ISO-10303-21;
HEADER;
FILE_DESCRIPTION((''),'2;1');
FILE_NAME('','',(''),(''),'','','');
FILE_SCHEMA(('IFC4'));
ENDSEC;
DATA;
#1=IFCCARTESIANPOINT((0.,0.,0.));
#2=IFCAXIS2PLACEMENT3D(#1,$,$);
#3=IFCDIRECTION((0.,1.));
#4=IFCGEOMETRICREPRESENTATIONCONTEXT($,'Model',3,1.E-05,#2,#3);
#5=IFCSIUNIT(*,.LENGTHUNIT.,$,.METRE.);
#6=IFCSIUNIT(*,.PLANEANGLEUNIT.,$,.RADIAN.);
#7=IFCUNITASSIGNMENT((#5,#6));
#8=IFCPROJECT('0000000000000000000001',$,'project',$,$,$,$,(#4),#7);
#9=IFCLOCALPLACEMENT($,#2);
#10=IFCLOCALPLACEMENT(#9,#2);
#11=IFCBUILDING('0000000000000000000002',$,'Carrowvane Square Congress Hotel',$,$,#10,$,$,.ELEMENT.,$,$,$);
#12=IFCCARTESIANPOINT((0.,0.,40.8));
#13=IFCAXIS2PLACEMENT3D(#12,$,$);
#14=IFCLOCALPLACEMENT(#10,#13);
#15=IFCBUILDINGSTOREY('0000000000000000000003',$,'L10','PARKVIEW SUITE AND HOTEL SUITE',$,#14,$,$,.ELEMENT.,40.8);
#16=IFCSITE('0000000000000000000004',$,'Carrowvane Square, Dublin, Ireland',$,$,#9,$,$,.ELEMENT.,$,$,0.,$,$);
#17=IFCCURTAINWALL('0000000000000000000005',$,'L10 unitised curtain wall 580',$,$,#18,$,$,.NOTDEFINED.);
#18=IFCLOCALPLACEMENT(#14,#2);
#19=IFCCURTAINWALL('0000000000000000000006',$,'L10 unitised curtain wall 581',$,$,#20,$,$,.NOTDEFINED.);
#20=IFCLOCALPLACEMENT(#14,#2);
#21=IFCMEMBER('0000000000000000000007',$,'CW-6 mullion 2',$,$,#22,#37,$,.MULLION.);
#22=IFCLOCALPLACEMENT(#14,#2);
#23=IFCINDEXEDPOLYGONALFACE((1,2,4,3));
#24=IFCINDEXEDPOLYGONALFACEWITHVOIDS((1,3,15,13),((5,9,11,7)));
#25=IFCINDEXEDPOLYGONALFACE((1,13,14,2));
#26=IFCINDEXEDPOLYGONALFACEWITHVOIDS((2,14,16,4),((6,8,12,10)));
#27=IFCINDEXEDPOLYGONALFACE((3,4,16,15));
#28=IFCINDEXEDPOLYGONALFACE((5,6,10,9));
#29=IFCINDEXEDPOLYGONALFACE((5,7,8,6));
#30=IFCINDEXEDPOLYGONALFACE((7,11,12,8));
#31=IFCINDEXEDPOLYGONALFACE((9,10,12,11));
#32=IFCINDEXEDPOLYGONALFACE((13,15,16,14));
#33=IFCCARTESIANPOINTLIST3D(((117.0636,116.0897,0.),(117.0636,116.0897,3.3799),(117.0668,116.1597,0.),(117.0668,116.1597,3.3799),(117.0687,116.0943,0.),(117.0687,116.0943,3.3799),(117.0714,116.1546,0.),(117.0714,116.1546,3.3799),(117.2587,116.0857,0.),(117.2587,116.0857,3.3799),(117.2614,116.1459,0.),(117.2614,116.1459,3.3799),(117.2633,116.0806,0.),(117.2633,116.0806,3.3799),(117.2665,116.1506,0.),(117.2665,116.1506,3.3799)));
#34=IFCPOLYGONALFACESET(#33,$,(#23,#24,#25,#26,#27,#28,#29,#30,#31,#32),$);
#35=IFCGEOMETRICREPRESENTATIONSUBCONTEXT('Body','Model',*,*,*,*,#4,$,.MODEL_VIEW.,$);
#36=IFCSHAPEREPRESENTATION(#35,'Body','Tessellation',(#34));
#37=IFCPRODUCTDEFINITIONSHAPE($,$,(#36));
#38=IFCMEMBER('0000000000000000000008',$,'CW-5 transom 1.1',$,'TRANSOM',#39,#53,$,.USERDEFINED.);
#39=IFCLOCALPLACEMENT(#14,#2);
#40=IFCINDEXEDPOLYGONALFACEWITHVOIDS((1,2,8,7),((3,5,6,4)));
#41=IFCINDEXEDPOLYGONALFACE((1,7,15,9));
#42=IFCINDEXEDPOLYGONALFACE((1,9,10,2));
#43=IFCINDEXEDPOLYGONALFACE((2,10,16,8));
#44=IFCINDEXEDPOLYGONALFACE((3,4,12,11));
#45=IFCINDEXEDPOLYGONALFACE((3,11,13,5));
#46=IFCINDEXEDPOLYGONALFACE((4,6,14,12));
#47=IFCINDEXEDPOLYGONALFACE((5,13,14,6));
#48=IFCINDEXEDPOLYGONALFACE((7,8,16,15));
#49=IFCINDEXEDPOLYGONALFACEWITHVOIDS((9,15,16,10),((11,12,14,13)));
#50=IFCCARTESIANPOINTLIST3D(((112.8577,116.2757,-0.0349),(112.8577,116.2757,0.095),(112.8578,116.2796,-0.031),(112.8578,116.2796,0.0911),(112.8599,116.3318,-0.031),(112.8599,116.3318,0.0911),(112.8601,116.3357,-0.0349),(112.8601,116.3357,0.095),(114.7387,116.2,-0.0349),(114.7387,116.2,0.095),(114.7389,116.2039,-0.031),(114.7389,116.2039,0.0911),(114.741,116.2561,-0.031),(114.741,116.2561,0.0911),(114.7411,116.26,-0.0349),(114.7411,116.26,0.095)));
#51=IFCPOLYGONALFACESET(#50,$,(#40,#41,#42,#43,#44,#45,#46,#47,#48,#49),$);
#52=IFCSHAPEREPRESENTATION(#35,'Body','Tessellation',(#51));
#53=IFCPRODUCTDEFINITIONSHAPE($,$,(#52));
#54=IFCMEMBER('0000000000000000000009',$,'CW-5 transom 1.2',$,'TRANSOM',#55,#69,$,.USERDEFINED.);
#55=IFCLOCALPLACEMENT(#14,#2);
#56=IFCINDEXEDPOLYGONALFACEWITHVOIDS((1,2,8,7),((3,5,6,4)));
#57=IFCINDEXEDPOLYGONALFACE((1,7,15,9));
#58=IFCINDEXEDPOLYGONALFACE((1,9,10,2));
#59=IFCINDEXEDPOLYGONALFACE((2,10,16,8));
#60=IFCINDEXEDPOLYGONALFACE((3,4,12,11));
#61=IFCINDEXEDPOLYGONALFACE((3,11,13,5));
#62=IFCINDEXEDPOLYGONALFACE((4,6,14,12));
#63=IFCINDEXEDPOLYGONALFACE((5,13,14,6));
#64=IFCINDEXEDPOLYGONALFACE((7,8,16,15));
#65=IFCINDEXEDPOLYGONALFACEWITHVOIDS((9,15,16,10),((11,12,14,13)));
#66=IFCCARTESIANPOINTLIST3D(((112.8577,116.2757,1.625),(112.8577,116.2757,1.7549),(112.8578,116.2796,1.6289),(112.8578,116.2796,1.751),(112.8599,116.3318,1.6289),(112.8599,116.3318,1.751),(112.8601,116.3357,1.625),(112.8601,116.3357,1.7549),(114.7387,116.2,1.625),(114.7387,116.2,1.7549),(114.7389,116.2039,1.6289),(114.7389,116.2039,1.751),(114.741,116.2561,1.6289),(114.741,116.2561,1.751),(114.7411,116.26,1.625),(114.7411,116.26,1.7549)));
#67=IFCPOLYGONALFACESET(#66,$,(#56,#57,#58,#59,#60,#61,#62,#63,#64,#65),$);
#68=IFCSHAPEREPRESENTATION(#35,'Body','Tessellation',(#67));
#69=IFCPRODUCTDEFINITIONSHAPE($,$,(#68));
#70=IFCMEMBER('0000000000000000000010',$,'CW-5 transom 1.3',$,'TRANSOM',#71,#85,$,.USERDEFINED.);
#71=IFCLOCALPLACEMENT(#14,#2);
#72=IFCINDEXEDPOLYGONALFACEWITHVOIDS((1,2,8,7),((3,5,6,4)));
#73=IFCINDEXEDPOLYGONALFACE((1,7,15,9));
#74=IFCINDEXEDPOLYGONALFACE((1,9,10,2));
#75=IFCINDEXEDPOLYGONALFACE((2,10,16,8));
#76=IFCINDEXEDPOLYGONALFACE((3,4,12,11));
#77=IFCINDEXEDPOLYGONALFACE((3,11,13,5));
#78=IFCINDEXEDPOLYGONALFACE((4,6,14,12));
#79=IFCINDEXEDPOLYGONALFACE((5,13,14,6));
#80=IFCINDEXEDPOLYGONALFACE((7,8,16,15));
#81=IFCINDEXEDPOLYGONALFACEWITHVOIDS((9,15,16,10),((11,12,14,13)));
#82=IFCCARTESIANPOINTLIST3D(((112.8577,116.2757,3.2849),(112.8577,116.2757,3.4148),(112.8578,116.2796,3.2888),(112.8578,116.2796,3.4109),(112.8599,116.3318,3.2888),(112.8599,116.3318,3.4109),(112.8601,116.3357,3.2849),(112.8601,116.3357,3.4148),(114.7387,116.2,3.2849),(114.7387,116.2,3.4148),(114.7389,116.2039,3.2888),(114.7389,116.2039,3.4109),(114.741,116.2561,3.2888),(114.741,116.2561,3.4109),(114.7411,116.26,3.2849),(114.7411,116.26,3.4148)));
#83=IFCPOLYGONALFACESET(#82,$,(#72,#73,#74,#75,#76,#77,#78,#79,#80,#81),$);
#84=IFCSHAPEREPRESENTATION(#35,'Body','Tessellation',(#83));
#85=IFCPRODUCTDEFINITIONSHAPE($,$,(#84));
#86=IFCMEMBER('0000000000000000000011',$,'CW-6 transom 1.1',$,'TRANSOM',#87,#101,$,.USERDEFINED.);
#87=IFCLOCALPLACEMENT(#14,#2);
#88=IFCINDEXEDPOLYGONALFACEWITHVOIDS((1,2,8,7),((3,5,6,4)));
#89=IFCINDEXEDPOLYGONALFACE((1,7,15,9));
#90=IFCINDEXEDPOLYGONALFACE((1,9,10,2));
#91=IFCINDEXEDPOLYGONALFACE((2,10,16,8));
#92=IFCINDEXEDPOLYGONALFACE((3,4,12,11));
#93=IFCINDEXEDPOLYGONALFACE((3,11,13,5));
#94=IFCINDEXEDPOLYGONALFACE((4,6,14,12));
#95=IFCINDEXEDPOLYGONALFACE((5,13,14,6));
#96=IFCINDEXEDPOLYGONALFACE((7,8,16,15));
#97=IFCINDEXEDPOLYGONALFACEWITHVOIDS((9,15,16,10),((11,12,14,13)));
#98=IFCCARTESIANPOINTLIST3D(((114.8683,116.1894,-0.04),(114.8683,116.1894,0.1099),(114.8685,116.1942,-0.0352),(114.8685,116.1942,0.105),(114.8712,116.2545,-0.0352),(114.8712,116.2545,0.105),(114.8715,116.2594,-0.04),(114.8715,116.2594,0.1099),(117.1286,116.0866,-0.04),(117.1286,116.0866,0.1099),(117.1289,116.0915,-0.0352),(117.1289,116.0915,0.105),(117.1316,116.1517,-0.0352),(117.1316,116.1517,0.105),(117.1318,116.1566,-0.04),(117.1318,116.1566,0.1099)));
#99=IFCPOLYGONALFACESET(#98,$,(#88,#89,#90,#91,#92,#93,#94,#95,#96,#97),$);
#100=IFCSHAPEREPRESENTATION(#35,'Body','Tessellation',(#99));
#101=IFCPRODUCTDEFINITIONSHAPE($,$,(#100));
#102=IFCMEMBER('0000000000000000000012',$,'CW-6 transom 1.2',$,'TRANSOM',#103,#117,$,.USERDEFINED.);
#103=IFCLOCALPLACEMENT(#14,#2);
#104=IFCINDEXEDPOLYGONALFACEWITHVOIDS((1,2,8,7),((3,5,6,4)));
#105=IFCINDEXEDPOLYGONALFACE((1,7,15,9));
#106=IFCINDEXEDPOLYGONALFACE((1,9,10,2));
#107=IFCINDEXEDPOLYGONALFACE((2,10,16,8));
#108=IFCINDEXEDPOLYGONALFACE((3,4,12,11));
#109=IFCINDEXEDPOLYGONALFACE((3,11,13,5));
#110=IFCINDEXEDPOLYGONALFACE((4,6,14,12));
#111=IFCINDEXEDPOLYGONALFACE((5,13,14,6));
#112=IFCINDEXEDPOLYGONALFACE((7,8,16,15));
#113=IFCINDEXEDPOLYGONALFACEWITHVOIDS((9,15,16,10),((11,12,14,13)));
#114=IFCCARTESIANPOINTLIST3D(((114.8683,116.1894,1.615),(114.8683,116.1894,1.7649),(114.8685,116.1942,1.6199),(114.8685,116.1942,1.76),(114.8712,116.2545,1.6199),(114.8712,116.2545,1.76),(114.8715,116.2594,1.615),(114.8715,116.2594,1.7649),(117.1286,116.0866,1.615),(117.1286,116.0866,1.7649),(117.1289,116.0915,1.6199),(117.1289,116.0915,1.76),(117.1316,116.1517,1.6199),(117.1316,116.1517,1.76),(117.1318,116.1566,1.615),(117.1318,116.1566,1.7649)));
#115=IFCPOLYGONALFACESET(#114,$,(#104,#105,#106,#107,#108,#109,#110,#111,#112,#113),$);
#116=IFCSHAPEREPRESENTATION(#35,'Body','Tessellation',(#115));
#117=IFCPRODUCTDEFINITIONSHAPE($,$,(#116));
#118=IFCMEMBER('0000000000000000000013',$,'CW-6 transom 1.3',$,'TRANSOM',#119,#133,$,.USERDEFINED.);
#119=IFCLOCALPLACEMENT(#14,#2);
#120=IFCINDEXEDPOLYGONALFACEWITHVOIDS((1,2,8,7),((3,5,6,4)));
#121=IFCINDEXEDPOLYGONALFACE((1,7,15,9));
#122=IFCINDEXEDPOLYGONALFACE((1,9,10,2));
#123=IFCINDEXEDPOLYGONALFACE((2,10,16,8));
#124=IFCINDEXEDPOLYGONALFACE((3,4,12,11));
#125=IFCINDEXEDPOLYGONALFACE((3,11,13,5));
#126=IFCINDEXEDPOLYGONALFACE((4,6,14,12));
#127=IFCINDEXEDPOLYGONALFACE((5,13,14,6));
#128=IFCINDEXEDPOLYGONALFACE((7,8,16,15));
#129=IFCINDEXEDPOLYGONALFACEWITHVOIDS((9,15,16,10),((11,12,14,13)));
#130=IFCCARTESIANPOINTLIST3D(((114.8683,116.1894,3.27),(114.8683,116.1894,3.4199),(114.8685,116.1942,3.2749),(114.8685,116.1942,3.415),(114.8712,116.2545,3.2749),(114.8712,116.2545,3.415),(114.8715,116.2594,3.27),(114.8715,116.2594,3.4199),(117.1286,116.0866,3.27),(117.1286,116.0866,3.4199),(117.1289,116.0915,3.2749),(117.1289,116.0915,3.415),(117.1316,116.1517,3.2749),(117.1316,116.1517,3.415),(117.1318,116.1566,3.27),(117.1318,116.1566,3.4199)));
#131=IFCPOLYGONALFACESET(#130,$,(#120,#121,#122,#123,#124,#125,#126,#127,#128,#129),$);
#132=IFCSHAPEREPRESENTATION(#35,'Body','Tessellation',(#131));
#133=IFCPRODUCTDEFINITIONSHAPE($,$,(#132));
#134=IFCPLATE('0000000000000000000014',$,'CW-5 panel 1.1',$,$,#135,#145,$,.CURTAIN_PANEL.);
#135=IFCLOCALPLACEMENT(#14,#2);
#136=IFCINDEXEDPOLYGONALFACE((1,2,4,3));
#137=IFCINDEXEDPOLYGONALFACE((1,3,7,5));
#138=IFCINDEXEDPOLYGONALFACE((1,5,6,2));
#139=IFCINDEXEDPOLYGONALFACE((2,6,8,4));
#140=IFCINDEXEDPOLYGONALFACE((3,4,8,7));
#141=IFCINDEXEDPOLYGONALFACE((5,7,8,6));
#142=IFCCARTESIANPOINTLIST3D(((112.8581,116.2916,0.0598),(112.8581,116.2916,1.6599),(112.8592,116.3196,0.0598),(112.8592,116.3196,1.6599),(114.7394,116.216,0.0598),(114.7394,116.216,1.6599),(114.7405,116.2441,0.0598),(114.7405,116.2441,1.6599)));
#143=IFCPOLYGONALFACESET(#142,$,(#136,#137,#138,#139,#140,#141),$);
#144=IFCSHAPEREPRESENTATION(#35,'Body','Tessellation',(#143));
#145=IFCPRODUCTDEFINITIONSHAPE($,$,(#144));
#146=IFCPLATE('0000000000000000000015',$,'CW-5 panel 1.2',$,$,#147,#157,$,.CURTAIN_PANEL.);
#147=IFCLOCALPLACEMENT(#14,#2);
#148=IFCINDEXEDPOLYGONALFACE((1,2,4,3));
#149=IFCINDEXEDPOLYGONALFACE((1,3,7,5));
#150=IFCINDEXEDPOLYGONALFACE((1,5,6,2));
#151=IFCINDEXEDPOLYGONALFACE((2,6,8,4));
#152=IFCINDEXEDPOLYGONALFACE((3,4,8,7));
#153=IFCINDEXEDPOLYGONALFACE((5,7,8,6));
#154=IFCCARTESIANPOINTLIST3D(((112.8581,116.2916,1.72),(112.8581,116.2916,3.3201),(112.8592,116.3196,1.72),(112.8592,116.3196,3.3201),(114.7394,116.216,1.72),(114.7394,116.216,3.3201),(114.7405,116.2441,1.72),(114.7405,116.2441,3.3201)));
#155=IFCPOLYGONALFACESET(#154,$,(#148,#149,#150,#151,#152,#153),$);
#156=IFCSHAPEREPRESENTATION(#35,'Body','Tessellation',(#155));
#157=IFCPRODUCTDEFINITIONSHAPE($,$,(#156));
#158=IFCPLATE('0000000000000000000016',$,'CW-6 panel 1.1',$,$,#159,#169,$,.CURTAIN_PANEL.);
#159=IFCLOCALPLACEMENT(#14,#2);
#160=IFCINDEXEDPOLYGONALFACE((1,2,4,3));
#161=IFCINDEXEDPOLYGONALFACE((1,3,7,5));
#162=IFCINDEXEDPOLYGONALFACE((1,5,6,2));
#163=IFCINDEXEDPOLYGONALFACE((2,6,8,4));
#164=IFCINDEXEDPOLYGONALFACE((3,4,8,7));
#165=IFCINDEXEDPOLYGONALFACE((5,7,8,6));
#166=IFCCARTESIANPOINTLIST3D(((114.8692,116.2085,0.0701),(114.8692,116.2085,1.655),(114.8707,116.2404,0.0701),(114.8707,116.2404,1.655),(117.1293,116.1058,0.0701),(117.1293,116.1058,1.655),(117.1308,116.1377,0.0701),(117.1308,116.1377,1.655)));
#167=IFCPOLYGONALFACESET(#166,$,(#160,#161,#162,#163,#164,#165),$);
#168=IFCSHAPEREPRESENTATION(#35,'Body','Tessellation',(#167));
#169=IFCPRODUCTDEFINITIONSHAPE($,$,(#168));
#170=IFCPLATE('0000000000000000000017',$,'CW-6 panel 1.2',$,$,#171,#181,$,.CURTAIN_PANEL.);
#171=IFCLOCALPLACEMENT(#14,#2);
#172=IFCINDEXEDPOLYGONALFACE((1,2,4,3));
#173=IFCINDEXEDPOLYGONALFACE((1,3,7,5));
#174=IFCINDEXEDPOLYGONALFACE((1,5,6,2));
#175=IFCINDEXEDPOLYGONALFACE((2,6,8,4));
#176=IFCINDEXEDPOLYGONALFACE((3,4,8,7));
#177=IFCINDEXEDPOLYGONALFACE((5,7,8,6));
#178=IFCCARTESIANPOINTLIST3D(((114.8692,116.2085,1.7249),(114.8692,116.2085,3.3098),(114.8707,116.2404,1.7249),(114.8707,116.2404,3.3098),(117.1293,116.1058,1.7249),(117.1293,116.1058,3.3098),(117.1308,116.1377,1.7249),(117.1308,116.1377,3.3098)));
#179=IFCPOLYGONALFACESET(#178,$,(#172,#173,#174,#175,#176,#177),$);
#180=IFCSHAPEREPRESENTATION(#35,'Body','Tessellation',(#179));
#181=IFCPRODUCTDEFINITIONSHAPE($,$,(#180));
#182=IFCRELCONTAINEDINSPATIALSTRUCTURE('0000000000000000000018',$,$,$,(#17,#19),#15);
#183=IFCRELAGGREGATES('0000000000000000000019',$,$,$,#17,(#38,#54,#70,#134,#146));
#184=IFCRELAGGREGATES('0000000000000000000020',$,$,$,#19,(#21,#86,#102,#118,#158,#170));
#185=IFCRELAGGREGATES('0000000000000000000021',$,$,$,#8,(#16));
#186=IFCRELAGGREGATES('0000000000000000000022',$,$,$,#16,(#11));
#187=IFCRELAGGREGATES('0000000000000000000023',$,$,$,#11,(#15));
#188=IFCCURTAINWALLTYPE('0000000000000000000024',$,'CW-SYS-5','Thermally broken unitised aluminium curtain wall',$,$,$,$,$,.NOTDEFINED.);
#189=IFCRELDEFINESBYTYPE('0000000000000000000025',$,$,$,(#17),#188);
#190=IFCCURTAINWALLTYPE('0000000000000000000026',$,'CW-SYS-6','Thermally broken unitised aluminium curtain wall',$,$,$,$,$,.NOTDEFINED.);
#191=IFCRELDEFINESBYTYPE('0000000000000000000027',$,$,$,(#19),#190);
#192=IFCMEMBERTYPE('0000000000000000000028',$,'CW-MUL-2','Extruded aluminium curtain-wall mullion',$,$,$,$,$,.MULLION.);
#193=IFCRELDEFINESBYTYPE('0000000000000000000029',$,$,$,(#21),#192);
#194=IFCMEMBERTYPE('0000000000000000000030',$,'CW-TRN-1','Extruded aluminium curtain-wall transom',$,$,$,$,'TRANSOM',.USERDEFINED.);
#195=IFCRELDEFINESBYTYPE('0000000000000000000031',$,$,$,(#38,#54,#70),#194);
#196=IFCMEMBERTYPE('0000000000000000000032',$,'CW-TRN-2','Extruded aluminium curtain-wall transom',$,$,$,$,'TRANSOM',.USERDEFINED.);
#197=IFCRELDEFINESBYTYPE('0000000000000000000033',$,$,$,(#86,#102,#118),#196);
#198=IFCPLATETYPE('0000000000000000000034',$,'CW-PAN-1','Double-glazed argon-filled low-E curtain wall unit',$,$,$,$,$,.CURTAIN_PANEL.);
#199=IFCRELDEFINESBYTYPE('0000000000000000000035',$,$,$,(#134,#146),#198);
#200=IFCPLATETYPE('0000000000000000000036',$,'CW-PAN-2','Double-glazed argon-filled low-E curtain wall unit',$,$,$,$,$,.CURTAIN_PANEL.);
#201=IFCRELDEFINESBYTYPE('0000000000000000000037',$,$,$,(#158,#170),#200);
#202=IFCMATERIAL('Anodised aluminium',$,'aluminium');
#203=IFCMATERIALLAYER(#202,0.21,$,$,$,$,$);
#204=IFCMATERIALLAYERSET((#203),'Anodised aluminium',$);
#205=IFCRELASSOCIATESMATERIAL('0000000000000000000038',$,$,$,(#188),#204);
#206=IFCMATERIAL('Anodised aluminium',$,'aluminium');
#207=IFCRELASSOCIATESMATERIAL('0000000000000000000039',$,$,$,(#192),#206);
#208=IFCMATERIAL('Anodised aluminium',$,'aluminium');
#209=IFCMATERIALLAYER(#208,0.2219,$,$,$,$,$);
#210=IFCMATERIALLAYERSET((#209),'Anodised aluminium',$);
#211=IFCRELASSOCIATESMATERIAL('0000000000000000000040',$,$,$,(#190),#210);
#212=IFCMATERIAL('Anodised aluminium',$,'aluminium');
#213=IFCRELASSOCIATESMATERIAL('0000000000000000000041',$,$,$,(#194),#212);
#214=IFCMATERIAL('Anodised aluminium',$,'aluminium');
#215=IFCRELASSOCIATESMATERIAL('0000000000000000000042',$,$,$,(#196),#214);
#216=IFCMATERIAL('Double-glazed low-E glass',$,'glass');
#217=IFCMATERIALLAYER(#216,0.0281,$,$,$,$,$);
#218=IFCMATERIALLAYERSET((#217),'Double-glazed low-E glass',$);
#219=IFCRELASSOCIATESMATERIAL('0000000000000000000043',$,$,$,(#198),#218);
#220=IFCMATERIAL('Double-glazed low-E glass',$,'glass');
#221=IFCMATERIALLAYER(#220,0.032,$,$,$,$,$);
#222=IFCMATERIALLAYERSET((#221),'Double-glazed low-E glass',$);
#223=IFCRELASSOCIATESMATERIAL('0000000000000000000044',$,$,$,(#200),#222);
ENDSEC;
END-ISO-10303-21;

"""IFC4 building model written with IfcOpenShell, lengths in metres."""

from ifc_helpers import new_model, si_unit, direction, frame, origin, origin_2d, place, context, subcontext, project, spatial, rectangle, hollow_rectangle, extrude, material, layer, layer_set, material_profile, profile_set, type_object, element, aggregate, save


model = new_model("IFC4")

# Units and contexts
model_context = context("Model", 3, precision=1e-05, world=origin(), true_north=direction((0.0, 1.0)))
body_context = subcontext(model_context, "Body", "Model", "MODEL_VIEW")
ifc_project = project(units=[si_unit("LENGTHUNIT", "METRE"), si_unit("PLANEANGLEUNIT", "RADIAN")], contexts=[model_context])

# Site, building, storey
site_placement = place(None, origin())
site = spatial("IfcSite", under=ifc_project, at=site_placement, Name="Carrowvane Square, Dublin, Ireland", CompositionType="ELEMENT", RefElevation=0.0)
building_placement = place(site_placement, origin())
building = spatial("IfcBuilding", under=site, at=building_placement, Name="Carrowvane Square Congress Hotel", CompositionType="ELEMENT")
storey_placement = place(building_placement, frame((0.0, 0.0, 40.8)))
storey = spatial("IfcBuildingStorey", under=building, at=storey_placement, Name="L10", Description="PARKVIEW SUITE AND HOTEL SUITE", CompositionType="ELEMENT", Elevation=40.8)

# Curtain wall
ifc_material_1 = material(Name="Anodised aluminium", Category="aluminium")
ifc_layer_1 = layer(ifc_material_1, 0.21)
ifc_layer_set_1 = layer_set([ifc_layer_1], Name="Anodised aluminium")
curtain_wall_type_1 = type_object("IfcCurtainWallType", Name="CW-SYS-5", Description="Thermally broken unitised aluminium curtain wall", PredefinedType="NOTDEFINED", material=ifc_layer_set_1)
curtain_wall_1_placement = place(storey_placement, origin())
curtain_wall_1 = element("IfcCurtainWall", 1, at=curtain_wall_1_placement, inside=storey, type_object=curtain_wall_type_1, Name="L10 unitised curtain wall 580", PredefinedType="NOTDEFINED")

# Shared definitions
ifc_material_2 = material(Name="Anodised aluminium", Category="aluminium")
ifc_material_profile_1 = material_profile(ifc_material_2, hollow_rectangle(XDim=0.0701, YDim=0.2, WallThickness=0.0049, at=origin_2d()), Name="CW-ML 70x200x5")
ifc_profile_set_1 = profile_set([ifc_material_profile_1], Name="Anodised aluminium")
member_type_1 = type_object("IfcMemberType", Name="CW-MUL-2", Description="Extruded aluminium curtain-wall mullion", PredefinedType="MULLION", material=ifc_profile_set_1)

# Curtain wall, member
ifc_material_3 = material(Name="Anodised aluminium", Category="aluminium")
ifc_layer_2 = layer(ifc_material_3, 0.2219)
ifc_layer_set_2 = layer_set([ifc_layer_2], Name="Anodised aluminium")
curtain_wall_type_2 = type_object("IfcCurtainWallType", Name="CW-SYS-6", Description="Thermally broken unitised aluminium curtain wall", PredefinedType="NOTDEFINED", material=ifc_layer_set_2)
curtain_wall_2_placement = place(storey_placement, origin())
curtain_wall_2 = element("IfcCurtainWall", 2, at=curtain_wall_2_placement, inside=storey, type_object=curtain_wall_type_2, Name="L10 unitised curtain wall 581", PredefinedType="NOTDEFINED")
member_1_placement = place(storey_placement, frame((117.165, 116.1201, 0.0), z_axis=(0.0, 0.0, 1.0), x_axis=(0.045411, 0.998968, 0.0)))
member_1 = element("IfcMember", 3, at=member_1_placement, type_object=member_type_1, Name="CW-6 mullion 2", PredefinedType="MULLION", context=body_context, shape_type="SweptSolid", body=[
    extrude(hollow_rectangle(XDim=0.0701, YDim=0.2, WallThickness=0.0049, at=origin_2d()), origin(), (0.0, 0.0, 1.0), 3.3799),
])

# Members
ifc_material_4 = material(Name="Anodised aluminium", Category="aluminium")
ifc_material_profile_2 = material_profile(ifc_material_4, hollow_rectangle(XDim=0.0601, YDim=0.1299, WallThickness=0.0039, at=origin_2d()), Name="CW-TR 60x130x4")
ifc_profile_set_2 = profile_set([ifc_material_profile_2], Name="Anodised aluminium")
member_type_2 = type_object("IfcMemberType", Name="CW-TRN-1", Description="Extruded aluminium curtain-wall transom", ElementType="TRANSOM", PredefinedType="USERDEFINED", material=ifc_profile_set_2)
member_2_placement = place(storey_placement, frame((112.8589, 116.3057, 0.03), z_axis=(0.999192, -0.040201, 0.0), x_axis=(0.040201, 0.999192, 0.0)))
member_2 = element("IfcMember", 4, at=member_2_placement, type_object=member_type_2, Name="CW-5 transom 1.1", ObjectType="TRANSOM", PredefinedType="USERDEFINED", context=body_context, shape_type="SweptSolid", body=[
    extrude(hollow_rectangle(XDim=0.0601, YDim=0.1299, WallThickness=0.0039, at=origin_2d()), origin(), (0.0, 0.0, 1.0), 1.8826),
])
member_3_placement = place(storey_placement, frame((112.8589, 116.3057, 1.6899), z_axis=(0.999192, -0.040201, 0.0), x_axis=(0.040201, 0.999192, 0.0)))
member_3 = element("IfcMember", 5, at=member_3_placement, type_object=member_type_2, Name="CW-5 transom 1.2", ObjectType="TRANSOM", PredefinedType="USERDEFINED", context=body_context, shape_type="SweptSolid", body=[
    extrude(hollow_rectangle(XDim=0.0601, YDim=0.1299, WallThickness=0.0039, at=origin_2d()), origin(), (0.0, 0.0, 1.0), 1.8826),
])
member_4_placement = place(storey_placement, frame((112.8589, 116.3057, 3.3499), z_axis=(0.999192, -0.040201, 0.0), x_axis=(0.040201, 0.999192, 0.0)))
member_4 = element("IfcMember", 6, at=member_4_placement, type_object=member_type_2, Name="CW-5 transom 1.3", ObjectType="TRANSOM", PredefinedType="USERDEFINED", context=body_context, shape_type="SweptSolid", body=[
    extrude(hollow_rectangle(XDim=0.0601, YDim=0.1299, WallThickness=0.0039, at=origin_2d()), origin(), (0.0, 0.0, 1.0), 1.8826),
])
ifc_material_5 = material(Name="Anodised aluminium", Category="aluminium")
ifc_material_profile_3 = material_profile(ifc_material_5, hollow_rectangle(XDim=0.0701, YDim=0.1499, WallThickness=0.0049, at=origin_2d()), Name="CW-TR 70x150x5")
ifc_profile_set_3 = profile_set([ifc_material_profile_3], Name="Anodised aluminium")
member_type_3 = type_object("IfcMemberType", Name="CW-TRN-2", Description="Extruded aluminium curtain-wall transom", ElementType="TRANSOM", PredefinedType="USERDEFINED", material=ifc_profile_set_3)
member_5_placement = place(storey_placement, frame((114.8699, 116.2244, 0.0349), z_axis=(0.998968, -0.045427, 0.0), x_axis=(0.045427, 0.998968, 0.0)))
member_5 = element("IfcMember", 7, at=member_5_placement, type_object=member_type_3, Name="CW-6 transom 1.1", ObjectType="TRANSOM", PredefinedType="USERDEFINED", context=body_context, shape_type="SweptSolid", body=[
    extrude(hollow_rectangle(XDim=0.0701, YDim=0.1499, WallThickness=0.0049, at=origin_2d()), origin(), (0.0, 0.0, 1.0), 2.2627),
])
member_6_placement = place(storey_placement, frame((114.8699, 116.2244, 1.6899), z_axis=(0.998968, -0.045427, 0.0), x_axis=(0.045427, 0.998968, 0.0)))
member_6 = element("IfcMember", 8, at=member_6_placement, type_object=member_type_3, Name="CW-6 transom 1.2", ObjectType="TRANSOM", PredefinedType="USERDEFINED", context=body_context, shape_type="SweptSolid", body=[
    extrude(hollow_rectangle(XDim=0.0701, YDim=0.1499, WallThickness=0.0049, at=origin_2d()), origin(), (0.0, 0.0, 1.0), 2.2627),
])
member_7_placement = place(storey_placement, frame((114.8699, 116.2244, 3.345), z_axis=(0.998968, -0.045427, 0.0), x_axis=(0.045427, 0.998968, 0.0)))
member_7 = element("IfcMember", 9, at=member_7_placement, type_object=member_type_3, Name="CW-6 transom 1.3", ObjectType="TRANSOM", PredefinedType="USERDEFINED", context=body_context, shape_type="SweptSolid", body=[
    extrude(hollow_rectangle(XDim=0.0701, YDim=0.1499, WallThickness=0.0049, at=origin_2d()), origin(), (0.0, 0.0, 1.0), 2.2627),
])

# Plates
ifc_material_6 = material(Name="Double-glazed low-E glass", Category="glass")
ifc_layer_3 = layer(ifc_material_6, 0.0281)
ifc_layer_set_3 = layer_set([ifc_layer_3], Name="Double-glazed low-E glass")
plate_type_1 = type_object("IfcPlateType", Name="CW-PAN-1", Description="Double-glazed argon-filled low-E curtain wall unit", PredefinedType="CURTAIN_PANEL", material=ifc_layer_set_3)
plate_1_placement = place(storey_placement, frame((113.7993, 116.2678, 0.0598), z_axis=(0.0, 0.0, 1.0), x_axis=(0.999194, -0.040131, 0.0)))
plate_1 = element("IfcPlate", 10, at=plate_1_placement, type_object=plate_type_1, Name="CW-5 panel 1.1", PredefinedType="CURTAIN_PANEL", context=body_context, shape_type="SweptSolid", body=[
    extrude(rectangle(XDim=1.8828, YDim=0.0281, at=origin_2d()), origin(), (0.0, 0.0, 1.0), 1.6001),
])
plate_2_placement = place(storey_placement, frame((113.7993, 116.2678, 1.72), z_axis=(0.0, 0.0, 1.0), x_axis=(0.999194, -0.040131, 0.0)))
plate_2 = element("IfcPlate", 11, at=plate_2_placement, type_object=plate_type_1, Name="CW-5 panel 1.2", PredefinedType="CURTAIN_PANEL", context=body_context, shape_type="SweptSolid", body=[
    extrude(rectangle(XDim=1.8828, YDim=0.0281, at=origin_2d()), origin(), (0.0, 0.0, 1.0), 1.6001),
])
aggregate(curtain_wall_1, [member_2, member_3, member_4, plate_1, plate_2])
ifc_material_7 = material(Name="Double-glazed low-E glass", Category="glass")
ifc_layer_4 = layer(ifc_material_7, 0.032)
ifc_layer_set_4 = layer_set([ifc_layer_4], Name="Double-glazed low-E glass")
plate_type_2 = type_object("IfcPlateType", Name="CW-PAN-2", Description="Double-glazed argon-filled low-E curtain wall unit", PredefinedType="CURTAIN_PANEL", material=ifc_layer_set_4)
plate_3_placement = place(storey_placement, frame((116.0, 116.1731, 0.0701), z_axis=(0.0, 0.0, 1.0), x_axis=(0.998968, -0.045411, 0.0)))
plate_3 = element("IfcPlate", 12, at=plate_3_placement, type_object=plate_type_2, Name="CW-6 panel 1.1", PredefinedType="CURTAIN_PANEL", context=body_context, shape_type="SweptSolid", body=[
    extrude(rectangle(XDim=2.2625, YDim=0.032, at=origin_2d()), origin(), (0.0, 0.0, 1.0), 1.585),
])
plate_4_placement = place(storey_placement, frame((116.0, 116.1731, 1.7249), z_axis=(0.0, 0.0, 1.0), x_axis=(0.998968, -0.045411, 0.0)))
plate_4 = element("IfcPlate", 13, at=plate_4_placement, type_object=plate_type_2, Name="CW-6 panel 1.2", PredefinedType="CURTAIN_PANEL", context=body_context, shape_type="SweptSolid", body=[
    extrude(rectangle(XDim=2.2625, YDim=0.032, at=origin_2d()), origin(), (0.0, 0.0, 1.0), 1.585),
])
aggregate(curtain_wall_2, [member_1, member_5, member_6, member_7, plate_3, plate_4])

save(model, "model.ifc")
